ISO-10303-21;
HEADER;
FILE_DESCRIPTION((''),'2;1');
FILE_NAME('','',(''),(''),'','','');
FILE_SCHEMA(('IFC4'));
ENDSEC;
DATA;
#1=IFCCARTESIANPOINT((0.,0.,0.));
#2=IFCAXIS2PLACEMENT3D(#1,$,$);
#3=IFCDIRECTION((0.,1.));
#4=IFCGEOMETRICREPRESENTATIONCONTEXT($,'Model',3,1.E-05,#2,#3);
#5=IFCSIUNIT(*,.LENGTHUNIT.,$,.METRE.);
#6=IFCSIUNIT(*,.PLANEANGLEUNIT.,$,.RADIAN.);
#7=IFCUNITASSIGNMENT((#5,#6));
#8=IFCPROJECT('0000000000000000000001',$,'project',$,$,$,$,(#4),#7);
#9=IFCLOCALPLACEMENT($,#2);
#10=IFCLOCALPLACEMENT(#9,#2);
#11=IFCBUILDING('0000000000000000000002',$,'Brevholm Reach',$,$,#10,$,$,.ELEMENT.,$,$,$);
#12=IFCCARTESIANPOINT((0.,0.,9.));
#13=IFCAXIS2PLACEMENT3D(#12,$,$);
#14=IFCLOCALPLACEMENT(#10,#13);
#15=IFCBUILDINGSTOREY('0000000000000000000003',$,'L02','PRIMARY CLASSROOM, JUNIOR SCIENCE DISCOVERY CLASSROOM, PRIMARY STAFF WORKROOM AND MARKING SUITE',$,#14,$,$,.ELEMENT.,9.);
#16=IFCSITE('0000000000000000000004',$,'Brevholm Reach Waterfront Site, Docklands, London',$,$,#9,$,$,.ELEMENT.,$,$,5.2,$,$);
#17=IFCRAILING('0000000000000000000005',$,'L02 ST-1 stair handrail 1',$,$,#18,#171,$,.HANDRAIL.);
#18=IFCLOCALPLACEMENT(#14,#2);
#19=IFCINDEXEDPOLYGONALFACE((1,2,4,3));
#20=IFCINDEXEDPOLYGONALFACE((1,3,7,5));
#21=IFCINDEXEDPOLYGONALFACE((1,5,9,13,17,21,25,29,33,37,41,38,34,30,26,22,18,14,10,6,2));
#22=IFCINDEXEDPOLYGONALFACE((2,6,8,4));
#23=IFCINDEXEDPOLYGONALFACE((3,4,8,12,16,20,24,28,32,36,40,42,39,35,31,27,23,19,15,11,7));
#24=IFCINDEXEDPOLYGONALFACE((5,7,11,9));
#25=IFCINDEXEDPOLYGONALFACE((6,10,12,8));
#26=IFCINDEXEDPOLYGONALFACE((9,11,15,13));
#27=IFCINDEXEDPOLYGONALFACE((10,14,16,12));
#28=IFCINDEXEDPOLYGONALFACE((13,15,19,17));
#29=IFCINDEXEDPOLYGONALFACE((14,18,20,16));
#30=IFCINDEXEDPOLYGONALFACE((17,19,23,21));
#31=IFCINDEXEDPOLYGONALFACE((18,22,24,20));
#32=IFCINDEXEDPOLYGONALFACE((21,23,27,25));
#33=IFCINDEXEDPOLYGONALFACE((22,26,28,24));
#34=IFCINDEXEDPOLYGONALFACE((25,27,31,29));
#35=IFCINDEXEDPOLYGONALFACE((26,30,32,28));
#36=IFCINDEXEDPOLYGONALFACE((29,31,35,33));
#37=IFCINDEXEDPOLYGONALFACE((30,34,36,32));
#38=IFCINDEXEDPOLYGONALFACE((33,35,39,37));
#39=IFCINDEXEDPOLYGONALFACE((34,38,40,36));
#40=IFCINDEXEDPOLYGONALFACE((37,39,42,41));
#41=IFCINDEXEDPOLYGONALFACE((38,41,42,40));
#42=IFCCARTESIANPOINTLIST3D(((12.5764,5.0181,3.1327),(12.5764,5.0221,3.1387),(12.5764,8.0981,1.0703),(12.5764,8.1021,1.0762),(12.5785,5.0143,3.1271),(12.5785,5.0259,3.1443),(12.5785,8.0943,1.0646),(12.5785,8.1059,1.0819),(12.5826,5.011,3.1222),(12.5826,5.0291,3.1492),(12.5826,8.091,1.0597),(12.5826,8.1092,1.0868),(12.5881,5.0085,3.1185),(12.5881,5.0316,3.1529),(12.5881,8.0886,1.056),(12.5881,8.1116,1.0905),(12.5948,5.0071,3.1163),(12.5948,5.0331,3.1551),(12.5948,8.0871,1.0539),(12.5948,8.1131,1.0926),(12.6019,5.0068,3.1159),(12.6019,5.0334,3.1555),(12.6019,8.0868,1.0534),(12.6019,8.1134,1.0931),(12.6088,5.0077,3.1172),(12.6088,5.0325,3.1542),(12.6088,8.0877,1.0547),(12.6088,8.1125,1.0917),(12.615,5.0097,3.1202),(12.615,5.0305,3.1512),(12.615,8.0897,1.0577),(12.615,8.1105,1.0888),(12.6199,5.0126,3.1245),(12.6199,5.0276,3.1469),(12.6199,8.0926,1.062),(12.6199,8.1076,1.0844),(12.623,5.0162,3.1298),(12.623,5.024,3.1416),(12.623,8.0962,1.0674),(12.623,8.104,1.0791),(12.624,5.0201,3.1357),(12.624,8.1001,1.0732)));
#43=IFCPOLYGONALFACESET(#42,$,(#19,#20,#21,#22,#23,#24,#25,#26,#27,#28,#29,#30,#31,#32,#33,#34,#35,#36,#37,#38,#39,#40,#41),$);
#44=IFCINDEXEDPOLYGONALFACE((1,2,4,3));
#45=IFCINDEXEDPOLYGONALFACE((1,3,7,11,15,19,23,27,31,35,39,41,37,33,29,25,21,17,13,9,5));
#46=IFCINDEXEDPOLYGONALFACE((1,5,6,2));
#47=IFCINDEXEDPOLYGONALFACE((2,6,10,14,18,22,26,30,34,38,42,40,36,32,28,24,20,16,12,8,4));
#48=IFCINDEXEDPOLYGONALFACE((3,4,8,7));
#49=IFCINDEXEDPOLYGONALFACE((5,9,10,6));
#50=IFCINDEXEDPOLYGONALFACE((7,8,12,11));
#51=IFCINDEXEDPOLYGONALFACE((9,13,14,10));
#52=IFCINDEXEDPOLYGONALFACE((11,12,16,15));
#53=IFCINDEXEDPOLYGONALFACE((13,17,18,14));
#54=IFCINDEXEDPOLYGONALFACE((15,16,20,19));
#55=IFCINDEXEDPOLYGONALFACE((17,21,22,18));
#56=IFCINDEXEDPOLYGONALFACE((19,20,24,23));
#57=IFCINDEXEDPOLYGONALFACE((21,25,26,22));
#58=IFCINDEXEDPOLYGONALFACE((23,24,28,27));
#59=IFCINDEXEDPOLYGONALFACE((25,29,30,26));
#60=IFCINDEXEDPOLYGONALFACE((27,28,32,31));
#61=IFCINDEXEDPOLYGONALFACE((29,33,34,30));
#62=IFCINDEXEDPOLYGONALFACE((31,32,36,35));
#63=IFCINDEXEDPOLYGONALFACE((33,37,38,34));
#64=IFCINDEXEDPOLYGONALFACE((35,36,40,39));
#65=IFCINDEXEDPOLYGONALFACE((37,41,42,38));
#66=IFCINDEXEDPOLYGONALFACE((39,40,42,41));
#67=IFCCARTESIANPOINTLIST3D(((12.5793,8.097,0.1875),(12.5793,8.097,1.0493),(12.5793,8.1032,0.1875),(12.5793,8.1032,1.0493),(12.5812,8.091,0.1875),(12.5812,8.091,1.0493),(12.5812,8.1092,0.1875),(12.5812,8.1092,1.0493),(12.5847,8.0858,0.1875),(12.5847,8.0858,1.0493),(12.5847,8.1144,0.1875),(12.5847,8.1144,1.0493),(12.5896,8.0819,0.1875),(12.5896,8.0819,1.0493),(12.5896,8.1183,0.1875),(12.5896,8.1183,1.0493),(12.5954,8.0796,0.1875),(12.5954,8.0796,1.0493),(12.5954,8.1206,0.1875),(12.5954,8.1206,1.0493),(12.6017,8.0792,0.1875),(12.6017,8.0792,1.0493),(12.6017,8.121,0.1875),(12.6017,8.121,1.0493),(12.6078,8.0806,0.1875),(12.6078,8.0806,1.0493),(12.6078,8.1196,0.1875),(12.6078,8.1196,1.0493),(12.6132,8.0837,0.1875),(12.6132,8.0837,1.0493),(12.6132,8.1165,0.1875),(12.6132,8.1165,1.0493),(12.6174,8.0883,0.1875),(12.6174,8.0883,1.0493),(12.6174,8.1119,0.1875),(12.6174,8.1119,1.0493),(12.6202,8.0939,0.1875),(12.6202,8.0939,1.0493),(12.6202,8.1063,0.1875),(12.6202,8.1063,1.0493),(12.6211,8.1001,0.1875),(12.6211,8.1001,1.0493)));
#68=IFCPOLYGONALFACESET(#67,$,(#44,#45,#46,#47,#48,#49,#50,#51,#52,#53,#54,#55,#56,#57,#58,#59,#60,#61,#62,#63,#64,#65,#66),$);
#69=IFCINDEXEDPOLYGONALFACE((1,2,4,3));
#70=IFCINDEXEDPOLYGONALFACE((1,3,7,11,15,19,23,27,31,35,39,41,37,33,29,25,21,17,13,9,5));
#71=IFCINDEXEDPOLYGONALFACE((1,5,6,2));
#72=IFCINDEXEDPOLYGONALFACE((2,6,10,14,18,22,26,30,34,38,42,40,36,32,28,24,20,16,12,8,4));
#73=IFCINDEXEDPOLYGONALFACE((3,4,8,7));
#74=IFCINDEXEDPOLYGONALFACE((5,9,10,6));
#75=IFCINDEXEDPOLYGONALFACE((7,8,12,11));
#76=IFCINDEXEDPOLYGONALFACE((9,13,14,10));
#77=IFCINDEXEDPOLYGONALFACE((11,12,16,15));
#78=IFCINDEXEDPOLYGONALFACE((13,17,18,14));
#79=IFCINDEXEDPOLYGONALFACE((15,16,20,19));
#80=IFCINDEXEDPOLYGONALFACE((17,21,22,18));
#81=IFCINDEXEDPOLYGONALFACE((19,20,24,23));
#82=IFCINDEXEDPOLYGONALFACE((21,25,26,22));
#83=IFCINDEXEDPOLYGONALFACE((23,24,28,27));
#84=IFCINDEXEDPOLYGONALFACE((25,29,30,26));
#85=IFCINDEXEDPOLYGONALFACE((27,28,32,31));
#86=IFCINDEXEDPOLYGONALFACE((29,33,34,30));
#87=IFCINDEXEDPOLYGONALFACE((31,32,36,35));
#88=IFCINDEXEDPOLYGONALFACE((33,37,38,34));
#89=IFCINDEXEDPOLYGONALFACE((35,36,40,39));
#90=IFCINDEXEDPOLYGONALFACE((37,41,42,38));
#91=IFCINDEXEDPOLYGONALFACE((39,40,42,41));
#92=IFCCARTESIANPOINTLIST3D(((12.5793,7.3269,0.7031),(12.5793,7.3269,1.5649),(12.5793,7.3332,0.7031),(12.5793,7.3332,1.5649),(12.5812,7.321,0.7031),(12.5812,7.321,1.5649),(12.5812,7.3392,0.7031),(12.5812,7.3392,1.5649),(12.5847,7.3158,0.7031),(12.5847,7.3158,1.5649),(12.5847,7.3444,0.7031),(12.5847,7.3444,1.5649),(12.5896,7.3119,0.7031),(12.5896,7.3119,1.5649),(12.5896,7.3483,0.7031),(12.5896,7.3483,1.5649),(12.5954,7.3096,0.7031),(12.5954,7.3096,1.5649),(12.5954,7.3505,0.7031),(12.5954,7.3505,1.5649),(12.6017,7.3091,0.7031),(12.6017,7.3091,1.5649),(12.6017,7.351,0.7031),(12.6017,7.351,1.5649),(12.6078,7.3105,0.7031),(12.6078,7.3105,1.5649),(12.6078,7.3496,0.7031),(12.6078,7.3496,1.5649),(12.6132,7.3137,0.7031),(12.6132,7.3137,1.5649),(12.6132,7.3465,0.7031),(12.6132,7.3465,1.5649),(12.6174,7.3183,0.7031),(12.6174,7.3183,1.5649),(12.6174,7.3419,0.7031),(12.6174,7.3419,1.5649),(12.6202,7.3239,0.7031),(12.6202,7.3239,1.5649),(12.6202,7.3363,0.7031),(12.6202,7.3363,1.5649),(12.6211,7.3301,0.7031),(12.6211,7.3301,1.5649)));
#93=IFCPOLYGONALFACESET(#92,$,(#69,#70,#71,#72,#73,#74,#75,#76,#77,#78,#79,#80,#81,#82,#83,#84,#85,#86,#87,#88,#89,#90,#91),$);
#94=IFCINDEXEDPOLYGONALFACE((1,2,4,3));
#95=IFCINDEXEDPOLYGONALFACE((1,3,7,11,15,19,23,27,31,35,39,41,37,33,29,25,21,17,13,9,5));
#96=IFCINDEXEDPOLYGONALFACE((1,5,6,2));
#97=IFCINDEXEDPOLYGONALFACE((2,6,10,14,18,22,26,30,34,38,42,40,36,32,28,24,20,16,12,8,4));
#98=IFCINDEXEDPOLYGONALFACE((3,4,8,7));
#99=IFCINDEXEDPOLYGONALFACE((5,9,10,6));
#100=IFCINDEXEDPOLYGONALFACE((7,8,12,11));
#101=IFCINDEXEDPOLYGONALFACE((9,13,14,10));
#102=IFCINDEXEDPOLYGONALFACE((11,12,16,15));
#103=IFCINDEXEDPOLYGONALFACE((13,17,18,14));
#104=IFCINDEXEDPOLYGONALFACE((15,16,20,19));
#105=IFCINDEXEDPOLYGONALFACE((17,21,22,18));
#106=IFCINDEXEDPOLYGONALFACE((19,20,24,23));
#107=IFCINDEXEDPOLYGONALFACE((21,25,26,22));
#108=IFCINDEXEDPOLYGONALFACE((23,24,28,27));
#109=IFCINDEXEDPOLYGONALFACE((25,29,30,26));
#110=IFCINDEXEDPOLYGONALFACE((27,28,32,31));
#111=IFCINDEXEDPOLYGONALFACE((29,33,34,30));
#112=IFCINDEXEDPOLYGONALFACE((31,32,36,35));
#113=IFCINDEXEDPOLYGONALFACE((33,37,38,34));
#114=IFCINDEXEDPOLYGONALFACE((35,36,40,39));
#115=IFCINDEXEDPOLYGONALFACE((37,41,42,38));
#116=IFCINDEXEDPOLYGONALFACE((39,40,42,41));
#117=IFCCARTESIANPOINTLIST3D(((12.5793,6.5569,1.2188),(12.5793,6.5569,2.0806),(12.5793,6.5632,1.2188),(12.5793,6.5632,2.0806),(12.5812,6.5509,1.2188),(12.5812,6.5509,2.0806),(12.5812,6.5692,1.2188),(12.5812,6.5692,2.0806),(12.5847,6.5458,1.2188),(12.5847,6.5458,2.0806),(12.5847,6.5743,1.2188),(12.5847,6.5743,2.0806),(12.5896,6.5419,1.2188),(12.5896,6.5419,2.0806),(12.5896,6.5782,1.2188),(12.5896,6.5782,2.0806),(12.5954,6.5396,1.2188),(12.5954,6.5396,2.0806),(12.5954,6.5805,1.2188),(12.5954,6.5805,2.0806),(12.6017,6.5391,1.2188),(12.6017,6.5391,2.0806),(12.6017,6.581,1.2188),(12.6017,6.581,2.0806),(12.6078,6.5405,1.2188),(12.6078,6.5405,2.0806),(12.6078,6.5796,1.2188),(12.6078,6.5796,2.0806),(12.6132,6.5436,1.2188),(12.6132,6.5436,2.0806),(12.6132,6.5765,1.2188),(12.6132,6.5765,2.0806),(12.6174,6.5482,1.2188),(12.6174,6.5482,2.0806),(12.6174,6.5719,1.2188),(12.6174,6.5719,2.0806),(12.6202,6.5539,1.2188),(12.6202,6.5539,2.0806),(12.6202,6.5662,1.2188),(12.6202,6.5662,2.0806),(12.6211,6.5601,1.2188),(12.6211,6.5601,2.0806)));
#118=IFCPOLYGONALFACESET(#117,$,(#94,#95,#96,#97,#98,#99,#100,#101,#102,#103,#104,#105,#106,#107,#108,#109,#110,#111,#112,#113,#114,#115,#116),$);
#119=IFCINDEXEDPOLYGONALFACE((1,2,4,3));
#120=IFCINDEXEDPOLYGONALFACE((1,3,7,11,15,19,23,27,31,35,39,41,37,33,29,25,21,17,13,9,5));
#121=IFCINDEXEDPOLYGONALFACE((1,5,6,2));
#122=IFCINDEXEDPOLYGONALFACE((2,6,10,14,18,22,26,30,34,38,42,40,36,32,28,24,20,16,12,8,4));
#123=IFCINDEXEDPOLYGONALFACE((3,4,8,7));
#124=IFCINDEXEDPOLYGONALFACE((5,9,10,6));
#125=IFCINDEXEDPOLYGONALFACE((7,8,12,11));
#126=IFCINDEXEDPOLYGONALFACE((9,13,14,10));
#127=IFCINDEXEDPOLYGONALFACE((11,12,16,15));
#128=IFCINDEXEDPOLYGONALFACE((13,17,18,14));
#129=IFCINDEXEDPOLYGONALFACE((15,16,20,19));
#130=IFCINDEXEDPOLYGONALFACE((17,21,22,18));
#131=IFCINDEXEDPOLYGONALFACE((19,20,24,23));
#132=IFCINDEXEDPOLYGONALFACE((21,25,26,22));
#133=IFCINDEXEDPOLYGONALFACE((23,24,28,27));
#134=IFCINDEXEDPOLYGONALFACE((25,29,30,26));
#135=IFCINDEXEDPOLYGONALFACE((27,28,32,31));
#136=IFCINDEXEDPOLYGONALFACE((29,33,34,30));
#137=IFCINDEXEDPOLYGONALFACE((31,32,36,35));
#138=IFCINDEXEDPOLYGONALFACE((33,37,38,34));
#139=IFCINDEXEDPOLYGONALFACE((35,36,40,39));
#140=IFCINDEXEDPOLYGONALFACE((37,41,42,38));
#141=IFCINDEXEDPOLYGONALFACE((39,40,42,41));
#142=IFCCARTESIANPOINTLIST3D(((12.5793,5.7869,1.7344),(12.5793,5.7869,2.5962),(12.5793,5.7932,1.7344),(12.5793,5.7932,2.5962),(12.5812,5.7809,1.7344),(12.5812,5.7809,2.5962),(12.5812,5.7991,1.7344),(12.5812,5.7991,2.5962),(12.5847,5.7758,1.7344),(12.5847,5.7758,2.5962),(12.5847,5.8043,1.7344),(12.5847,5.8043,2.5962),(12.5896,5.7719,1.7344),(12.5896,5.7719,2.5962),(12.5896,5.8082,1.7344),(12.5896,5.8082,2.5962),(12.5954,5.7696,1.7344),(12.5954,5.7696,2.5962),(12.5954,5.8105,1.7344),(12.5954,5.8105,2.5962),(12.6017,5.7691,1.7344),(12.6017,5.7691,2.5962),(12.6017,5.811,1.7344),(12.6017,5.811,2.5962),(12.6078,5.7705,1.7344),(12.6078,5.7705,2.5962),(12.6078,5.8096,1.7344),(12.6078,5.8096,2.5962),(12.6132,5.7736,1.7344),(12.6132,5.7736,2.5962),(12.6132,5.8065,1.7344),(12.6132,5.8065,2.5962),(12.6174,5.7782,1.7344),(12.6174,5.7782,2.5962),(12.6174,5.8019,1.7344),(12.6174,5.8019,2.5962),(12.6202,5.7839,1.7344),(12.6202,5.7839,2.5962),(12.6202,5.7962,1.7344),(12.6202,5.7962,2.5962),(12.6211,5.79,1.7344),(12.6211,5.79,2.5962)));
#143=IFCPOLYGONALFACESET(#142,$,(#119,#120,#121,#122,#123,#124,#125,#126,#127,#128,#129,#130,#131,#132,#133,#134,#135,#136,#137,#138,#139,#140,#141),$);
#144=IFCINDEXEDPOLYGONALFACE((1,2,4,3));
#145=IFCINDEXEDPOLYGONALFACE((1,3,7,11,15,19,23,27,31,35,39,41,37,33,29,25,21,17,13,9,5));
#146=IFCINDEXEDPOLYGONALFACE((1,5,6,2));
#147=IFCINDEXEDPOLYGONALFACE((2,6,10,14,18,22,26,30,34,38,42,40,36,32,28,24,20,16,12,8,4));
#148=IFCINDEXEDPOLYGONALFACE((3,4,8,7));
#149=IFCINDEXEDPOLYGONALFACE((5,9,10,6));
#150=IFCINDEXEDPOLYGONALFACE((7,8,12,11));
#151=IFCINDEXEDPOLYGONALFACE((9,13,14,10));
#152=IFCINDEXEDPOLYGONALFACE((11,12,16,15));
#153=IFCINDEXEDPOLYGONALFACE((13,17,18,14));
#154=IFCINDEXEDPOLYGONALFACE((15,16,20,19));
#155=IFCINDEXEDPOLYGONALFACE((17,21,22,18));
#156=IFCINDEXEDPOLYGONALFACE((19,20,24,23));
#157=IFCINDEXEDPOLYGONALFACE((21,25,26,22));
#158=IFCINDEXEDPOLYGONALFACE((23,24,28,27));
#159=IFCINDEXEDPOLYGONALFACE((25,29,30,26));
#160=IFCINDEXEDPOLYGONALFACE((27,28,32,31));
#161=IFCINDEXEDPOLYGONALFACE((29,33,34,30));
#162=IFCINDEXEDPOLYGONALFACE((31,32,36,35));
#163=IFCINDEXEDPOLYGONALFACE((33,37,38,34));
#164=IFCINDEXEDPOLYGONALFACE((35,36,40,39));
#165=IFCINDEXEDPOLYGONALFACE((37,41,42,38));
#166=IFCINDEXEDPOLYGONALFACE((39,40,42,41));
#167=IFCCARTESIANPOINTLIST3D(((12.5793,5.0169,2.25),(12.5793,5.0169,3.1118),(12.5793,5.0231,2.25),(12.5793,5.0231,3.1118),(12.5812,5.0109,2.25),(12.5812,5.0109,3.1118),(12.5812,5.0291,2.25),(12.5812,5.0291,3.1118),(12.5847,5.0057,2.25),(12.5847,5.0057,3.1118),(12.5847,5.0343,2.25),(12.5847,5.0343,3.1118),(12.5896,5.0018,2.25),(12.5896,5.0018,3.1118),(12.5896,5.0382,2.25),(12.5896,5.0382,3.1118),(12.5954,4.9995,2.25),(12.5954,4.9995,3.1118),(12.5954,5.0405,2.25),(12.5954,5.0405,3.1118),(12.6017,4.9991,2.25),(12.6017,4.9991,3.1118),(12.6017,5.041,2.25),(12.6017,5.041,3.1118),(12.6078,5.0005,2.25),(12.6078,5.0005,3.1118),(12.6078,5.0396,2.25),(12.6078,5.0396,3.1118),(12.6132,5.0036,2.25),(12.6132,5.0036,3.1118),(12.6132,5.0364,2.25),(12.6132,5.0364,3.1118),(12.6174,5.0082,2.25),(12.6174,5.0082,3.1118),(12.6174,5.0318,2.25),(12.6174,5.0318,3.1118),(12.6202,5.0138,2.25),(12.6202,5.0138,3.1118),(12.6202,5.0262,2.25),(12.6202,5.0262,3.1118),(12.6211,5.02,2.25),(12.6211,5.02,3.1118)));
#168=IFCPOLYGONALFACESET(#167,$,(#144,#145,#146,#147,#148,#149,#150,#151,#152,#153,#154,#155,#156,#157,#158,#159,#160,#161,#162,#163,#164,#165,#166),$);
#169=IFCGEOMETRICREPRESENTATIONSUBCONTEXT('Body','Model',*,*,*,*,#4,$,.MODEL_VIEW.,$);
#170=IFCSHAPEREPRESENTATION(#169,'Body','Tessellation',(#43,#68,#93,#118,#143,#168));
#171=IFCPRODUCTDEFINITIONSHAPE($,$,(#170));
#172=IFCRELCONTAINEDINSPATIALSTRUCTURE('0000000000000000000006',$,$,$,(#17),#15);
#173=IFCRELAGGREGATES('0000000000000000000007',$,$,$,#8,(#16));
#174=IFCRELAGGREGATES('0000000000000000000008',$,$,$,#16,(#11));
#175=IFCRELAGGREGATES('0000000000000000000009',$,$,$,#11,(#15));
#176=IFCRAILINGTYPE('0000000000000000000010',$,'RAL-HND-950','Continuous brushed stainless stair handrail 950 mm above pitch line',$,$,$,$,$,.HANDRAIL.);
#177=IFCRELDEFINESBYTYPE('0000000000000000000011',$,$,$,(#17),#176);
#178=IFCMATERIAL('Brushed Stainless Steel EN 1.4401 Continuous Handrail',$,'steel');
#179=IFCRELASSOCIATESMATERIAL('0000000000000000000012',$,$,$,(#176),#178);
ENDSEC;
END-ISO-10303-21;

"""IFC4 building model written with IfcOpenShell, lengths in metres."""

from ifc_helpers import new_model, si_unit, direction, frame, origin, origin_2d, place, context, subcontext, project, spatial, circle, extrude, material, type_object, element, save


model = new_model("IFC4")

# Units and contexts
model_context = context("Model", 3, precision=1e-05, world=origin(), true_north=direction((0.0, 1.0)))
body_context = subcontext(model_context, "Body", "Model", "MODEL_VIEW")
ifc_project = project(units=[si_unit("LENGTHUNIT", "METRE"), si_unit("PLANEANGLEUNIT", "RADIAN")], contexts=[model_context])

# Site, building, storey
site_placement = place(None, origin())
site = spatial("IfcSite", under=ifc_project, at=site_placement, Name="Brevholm Reach Waterfront Site, Docklands, London", CompositionType="ELEMENT", RefElevation=5.2)
building_placement = place(site_placement, origin())
building = spatial("IfcBuilding", under=site, at=building_placement, Name="Brevholm Reach", CompositionType="ELEMENT")
storey_placement = place(building_placement, frame((0.0, 0.0, 9.0)))
storey = spatial("IfcBuildingStorey", under=building, at=storey_placement, Name="L02", Description="PRIMARY CLASSROOM, JUNIOR SCIENCE DISCOVERY CLASSROOM, PRIMARY STAFF WORKROOM AND MARKING SUITE", CompositionType="ELEMENT", Elevation=9.0)

# Railing
ifc_material_1 = material(Name="Brushed Stainless Steel EN 1.4401 Continuous Handrail", Category="steel")
railing_type_1 = type_object("IfcRailingType", Name="RAL-HND-950", Description="Continuous brushed stainless stair handrail 950 mm above pitch line", PredefinedType="HANDRAIL", material=ifc_material_1)
railing_1_placement = place(storey_placement, frame((12.6001, 8.1001, 0.1875)))
element("IfcRailing", 1, at=railing_1_placement, inside=storey, type_object=railing_type_1, Name="L02 ST-1 stair handrail 1", PredefinedType="HANDRAIL", context=body_context, shape_type="SweptSolid", body=[
    extrude(circle(Radius=0.0239, at=origin_2d()), frame((0.0, 0.0, 0.8857), z_axis=(0.0, -0.830914, 0.556401), x_axis=(1.0, 0.0, 0.0)), (0.0, 0.0, 1.0), 3.7068),
    extrude(circle(Radius=0.021, at=origin_2d()), origin(), (0.0, 0.0, 1.0), 0.8618),
    extrude(circle(Radius=0.021, at=origin_2d()), frame((0.0, -0.77, 0.5156)), (0.0, 0.0, 1.0), 0.8618),
    extrude(circle(Radius=0.021, at=origin_2d()), frame((0.0, -1.54, 1.0312)), (0.0, 0.0, 1.0), 0.8618),
    extrude(circle(Radius=0.021, at=origin_2d()), frame((0.0, -2.3101, 1.5469)), (0.0, 0.0, 1.0), 0.8618),
    extrude(circle(Radius=0.021, at=origin_2d()), frame((0.0, -3.0801, 2.0625)), (0.0, 0.0, 1.0), 0.8618),
])

save(model, "model.ifc")
